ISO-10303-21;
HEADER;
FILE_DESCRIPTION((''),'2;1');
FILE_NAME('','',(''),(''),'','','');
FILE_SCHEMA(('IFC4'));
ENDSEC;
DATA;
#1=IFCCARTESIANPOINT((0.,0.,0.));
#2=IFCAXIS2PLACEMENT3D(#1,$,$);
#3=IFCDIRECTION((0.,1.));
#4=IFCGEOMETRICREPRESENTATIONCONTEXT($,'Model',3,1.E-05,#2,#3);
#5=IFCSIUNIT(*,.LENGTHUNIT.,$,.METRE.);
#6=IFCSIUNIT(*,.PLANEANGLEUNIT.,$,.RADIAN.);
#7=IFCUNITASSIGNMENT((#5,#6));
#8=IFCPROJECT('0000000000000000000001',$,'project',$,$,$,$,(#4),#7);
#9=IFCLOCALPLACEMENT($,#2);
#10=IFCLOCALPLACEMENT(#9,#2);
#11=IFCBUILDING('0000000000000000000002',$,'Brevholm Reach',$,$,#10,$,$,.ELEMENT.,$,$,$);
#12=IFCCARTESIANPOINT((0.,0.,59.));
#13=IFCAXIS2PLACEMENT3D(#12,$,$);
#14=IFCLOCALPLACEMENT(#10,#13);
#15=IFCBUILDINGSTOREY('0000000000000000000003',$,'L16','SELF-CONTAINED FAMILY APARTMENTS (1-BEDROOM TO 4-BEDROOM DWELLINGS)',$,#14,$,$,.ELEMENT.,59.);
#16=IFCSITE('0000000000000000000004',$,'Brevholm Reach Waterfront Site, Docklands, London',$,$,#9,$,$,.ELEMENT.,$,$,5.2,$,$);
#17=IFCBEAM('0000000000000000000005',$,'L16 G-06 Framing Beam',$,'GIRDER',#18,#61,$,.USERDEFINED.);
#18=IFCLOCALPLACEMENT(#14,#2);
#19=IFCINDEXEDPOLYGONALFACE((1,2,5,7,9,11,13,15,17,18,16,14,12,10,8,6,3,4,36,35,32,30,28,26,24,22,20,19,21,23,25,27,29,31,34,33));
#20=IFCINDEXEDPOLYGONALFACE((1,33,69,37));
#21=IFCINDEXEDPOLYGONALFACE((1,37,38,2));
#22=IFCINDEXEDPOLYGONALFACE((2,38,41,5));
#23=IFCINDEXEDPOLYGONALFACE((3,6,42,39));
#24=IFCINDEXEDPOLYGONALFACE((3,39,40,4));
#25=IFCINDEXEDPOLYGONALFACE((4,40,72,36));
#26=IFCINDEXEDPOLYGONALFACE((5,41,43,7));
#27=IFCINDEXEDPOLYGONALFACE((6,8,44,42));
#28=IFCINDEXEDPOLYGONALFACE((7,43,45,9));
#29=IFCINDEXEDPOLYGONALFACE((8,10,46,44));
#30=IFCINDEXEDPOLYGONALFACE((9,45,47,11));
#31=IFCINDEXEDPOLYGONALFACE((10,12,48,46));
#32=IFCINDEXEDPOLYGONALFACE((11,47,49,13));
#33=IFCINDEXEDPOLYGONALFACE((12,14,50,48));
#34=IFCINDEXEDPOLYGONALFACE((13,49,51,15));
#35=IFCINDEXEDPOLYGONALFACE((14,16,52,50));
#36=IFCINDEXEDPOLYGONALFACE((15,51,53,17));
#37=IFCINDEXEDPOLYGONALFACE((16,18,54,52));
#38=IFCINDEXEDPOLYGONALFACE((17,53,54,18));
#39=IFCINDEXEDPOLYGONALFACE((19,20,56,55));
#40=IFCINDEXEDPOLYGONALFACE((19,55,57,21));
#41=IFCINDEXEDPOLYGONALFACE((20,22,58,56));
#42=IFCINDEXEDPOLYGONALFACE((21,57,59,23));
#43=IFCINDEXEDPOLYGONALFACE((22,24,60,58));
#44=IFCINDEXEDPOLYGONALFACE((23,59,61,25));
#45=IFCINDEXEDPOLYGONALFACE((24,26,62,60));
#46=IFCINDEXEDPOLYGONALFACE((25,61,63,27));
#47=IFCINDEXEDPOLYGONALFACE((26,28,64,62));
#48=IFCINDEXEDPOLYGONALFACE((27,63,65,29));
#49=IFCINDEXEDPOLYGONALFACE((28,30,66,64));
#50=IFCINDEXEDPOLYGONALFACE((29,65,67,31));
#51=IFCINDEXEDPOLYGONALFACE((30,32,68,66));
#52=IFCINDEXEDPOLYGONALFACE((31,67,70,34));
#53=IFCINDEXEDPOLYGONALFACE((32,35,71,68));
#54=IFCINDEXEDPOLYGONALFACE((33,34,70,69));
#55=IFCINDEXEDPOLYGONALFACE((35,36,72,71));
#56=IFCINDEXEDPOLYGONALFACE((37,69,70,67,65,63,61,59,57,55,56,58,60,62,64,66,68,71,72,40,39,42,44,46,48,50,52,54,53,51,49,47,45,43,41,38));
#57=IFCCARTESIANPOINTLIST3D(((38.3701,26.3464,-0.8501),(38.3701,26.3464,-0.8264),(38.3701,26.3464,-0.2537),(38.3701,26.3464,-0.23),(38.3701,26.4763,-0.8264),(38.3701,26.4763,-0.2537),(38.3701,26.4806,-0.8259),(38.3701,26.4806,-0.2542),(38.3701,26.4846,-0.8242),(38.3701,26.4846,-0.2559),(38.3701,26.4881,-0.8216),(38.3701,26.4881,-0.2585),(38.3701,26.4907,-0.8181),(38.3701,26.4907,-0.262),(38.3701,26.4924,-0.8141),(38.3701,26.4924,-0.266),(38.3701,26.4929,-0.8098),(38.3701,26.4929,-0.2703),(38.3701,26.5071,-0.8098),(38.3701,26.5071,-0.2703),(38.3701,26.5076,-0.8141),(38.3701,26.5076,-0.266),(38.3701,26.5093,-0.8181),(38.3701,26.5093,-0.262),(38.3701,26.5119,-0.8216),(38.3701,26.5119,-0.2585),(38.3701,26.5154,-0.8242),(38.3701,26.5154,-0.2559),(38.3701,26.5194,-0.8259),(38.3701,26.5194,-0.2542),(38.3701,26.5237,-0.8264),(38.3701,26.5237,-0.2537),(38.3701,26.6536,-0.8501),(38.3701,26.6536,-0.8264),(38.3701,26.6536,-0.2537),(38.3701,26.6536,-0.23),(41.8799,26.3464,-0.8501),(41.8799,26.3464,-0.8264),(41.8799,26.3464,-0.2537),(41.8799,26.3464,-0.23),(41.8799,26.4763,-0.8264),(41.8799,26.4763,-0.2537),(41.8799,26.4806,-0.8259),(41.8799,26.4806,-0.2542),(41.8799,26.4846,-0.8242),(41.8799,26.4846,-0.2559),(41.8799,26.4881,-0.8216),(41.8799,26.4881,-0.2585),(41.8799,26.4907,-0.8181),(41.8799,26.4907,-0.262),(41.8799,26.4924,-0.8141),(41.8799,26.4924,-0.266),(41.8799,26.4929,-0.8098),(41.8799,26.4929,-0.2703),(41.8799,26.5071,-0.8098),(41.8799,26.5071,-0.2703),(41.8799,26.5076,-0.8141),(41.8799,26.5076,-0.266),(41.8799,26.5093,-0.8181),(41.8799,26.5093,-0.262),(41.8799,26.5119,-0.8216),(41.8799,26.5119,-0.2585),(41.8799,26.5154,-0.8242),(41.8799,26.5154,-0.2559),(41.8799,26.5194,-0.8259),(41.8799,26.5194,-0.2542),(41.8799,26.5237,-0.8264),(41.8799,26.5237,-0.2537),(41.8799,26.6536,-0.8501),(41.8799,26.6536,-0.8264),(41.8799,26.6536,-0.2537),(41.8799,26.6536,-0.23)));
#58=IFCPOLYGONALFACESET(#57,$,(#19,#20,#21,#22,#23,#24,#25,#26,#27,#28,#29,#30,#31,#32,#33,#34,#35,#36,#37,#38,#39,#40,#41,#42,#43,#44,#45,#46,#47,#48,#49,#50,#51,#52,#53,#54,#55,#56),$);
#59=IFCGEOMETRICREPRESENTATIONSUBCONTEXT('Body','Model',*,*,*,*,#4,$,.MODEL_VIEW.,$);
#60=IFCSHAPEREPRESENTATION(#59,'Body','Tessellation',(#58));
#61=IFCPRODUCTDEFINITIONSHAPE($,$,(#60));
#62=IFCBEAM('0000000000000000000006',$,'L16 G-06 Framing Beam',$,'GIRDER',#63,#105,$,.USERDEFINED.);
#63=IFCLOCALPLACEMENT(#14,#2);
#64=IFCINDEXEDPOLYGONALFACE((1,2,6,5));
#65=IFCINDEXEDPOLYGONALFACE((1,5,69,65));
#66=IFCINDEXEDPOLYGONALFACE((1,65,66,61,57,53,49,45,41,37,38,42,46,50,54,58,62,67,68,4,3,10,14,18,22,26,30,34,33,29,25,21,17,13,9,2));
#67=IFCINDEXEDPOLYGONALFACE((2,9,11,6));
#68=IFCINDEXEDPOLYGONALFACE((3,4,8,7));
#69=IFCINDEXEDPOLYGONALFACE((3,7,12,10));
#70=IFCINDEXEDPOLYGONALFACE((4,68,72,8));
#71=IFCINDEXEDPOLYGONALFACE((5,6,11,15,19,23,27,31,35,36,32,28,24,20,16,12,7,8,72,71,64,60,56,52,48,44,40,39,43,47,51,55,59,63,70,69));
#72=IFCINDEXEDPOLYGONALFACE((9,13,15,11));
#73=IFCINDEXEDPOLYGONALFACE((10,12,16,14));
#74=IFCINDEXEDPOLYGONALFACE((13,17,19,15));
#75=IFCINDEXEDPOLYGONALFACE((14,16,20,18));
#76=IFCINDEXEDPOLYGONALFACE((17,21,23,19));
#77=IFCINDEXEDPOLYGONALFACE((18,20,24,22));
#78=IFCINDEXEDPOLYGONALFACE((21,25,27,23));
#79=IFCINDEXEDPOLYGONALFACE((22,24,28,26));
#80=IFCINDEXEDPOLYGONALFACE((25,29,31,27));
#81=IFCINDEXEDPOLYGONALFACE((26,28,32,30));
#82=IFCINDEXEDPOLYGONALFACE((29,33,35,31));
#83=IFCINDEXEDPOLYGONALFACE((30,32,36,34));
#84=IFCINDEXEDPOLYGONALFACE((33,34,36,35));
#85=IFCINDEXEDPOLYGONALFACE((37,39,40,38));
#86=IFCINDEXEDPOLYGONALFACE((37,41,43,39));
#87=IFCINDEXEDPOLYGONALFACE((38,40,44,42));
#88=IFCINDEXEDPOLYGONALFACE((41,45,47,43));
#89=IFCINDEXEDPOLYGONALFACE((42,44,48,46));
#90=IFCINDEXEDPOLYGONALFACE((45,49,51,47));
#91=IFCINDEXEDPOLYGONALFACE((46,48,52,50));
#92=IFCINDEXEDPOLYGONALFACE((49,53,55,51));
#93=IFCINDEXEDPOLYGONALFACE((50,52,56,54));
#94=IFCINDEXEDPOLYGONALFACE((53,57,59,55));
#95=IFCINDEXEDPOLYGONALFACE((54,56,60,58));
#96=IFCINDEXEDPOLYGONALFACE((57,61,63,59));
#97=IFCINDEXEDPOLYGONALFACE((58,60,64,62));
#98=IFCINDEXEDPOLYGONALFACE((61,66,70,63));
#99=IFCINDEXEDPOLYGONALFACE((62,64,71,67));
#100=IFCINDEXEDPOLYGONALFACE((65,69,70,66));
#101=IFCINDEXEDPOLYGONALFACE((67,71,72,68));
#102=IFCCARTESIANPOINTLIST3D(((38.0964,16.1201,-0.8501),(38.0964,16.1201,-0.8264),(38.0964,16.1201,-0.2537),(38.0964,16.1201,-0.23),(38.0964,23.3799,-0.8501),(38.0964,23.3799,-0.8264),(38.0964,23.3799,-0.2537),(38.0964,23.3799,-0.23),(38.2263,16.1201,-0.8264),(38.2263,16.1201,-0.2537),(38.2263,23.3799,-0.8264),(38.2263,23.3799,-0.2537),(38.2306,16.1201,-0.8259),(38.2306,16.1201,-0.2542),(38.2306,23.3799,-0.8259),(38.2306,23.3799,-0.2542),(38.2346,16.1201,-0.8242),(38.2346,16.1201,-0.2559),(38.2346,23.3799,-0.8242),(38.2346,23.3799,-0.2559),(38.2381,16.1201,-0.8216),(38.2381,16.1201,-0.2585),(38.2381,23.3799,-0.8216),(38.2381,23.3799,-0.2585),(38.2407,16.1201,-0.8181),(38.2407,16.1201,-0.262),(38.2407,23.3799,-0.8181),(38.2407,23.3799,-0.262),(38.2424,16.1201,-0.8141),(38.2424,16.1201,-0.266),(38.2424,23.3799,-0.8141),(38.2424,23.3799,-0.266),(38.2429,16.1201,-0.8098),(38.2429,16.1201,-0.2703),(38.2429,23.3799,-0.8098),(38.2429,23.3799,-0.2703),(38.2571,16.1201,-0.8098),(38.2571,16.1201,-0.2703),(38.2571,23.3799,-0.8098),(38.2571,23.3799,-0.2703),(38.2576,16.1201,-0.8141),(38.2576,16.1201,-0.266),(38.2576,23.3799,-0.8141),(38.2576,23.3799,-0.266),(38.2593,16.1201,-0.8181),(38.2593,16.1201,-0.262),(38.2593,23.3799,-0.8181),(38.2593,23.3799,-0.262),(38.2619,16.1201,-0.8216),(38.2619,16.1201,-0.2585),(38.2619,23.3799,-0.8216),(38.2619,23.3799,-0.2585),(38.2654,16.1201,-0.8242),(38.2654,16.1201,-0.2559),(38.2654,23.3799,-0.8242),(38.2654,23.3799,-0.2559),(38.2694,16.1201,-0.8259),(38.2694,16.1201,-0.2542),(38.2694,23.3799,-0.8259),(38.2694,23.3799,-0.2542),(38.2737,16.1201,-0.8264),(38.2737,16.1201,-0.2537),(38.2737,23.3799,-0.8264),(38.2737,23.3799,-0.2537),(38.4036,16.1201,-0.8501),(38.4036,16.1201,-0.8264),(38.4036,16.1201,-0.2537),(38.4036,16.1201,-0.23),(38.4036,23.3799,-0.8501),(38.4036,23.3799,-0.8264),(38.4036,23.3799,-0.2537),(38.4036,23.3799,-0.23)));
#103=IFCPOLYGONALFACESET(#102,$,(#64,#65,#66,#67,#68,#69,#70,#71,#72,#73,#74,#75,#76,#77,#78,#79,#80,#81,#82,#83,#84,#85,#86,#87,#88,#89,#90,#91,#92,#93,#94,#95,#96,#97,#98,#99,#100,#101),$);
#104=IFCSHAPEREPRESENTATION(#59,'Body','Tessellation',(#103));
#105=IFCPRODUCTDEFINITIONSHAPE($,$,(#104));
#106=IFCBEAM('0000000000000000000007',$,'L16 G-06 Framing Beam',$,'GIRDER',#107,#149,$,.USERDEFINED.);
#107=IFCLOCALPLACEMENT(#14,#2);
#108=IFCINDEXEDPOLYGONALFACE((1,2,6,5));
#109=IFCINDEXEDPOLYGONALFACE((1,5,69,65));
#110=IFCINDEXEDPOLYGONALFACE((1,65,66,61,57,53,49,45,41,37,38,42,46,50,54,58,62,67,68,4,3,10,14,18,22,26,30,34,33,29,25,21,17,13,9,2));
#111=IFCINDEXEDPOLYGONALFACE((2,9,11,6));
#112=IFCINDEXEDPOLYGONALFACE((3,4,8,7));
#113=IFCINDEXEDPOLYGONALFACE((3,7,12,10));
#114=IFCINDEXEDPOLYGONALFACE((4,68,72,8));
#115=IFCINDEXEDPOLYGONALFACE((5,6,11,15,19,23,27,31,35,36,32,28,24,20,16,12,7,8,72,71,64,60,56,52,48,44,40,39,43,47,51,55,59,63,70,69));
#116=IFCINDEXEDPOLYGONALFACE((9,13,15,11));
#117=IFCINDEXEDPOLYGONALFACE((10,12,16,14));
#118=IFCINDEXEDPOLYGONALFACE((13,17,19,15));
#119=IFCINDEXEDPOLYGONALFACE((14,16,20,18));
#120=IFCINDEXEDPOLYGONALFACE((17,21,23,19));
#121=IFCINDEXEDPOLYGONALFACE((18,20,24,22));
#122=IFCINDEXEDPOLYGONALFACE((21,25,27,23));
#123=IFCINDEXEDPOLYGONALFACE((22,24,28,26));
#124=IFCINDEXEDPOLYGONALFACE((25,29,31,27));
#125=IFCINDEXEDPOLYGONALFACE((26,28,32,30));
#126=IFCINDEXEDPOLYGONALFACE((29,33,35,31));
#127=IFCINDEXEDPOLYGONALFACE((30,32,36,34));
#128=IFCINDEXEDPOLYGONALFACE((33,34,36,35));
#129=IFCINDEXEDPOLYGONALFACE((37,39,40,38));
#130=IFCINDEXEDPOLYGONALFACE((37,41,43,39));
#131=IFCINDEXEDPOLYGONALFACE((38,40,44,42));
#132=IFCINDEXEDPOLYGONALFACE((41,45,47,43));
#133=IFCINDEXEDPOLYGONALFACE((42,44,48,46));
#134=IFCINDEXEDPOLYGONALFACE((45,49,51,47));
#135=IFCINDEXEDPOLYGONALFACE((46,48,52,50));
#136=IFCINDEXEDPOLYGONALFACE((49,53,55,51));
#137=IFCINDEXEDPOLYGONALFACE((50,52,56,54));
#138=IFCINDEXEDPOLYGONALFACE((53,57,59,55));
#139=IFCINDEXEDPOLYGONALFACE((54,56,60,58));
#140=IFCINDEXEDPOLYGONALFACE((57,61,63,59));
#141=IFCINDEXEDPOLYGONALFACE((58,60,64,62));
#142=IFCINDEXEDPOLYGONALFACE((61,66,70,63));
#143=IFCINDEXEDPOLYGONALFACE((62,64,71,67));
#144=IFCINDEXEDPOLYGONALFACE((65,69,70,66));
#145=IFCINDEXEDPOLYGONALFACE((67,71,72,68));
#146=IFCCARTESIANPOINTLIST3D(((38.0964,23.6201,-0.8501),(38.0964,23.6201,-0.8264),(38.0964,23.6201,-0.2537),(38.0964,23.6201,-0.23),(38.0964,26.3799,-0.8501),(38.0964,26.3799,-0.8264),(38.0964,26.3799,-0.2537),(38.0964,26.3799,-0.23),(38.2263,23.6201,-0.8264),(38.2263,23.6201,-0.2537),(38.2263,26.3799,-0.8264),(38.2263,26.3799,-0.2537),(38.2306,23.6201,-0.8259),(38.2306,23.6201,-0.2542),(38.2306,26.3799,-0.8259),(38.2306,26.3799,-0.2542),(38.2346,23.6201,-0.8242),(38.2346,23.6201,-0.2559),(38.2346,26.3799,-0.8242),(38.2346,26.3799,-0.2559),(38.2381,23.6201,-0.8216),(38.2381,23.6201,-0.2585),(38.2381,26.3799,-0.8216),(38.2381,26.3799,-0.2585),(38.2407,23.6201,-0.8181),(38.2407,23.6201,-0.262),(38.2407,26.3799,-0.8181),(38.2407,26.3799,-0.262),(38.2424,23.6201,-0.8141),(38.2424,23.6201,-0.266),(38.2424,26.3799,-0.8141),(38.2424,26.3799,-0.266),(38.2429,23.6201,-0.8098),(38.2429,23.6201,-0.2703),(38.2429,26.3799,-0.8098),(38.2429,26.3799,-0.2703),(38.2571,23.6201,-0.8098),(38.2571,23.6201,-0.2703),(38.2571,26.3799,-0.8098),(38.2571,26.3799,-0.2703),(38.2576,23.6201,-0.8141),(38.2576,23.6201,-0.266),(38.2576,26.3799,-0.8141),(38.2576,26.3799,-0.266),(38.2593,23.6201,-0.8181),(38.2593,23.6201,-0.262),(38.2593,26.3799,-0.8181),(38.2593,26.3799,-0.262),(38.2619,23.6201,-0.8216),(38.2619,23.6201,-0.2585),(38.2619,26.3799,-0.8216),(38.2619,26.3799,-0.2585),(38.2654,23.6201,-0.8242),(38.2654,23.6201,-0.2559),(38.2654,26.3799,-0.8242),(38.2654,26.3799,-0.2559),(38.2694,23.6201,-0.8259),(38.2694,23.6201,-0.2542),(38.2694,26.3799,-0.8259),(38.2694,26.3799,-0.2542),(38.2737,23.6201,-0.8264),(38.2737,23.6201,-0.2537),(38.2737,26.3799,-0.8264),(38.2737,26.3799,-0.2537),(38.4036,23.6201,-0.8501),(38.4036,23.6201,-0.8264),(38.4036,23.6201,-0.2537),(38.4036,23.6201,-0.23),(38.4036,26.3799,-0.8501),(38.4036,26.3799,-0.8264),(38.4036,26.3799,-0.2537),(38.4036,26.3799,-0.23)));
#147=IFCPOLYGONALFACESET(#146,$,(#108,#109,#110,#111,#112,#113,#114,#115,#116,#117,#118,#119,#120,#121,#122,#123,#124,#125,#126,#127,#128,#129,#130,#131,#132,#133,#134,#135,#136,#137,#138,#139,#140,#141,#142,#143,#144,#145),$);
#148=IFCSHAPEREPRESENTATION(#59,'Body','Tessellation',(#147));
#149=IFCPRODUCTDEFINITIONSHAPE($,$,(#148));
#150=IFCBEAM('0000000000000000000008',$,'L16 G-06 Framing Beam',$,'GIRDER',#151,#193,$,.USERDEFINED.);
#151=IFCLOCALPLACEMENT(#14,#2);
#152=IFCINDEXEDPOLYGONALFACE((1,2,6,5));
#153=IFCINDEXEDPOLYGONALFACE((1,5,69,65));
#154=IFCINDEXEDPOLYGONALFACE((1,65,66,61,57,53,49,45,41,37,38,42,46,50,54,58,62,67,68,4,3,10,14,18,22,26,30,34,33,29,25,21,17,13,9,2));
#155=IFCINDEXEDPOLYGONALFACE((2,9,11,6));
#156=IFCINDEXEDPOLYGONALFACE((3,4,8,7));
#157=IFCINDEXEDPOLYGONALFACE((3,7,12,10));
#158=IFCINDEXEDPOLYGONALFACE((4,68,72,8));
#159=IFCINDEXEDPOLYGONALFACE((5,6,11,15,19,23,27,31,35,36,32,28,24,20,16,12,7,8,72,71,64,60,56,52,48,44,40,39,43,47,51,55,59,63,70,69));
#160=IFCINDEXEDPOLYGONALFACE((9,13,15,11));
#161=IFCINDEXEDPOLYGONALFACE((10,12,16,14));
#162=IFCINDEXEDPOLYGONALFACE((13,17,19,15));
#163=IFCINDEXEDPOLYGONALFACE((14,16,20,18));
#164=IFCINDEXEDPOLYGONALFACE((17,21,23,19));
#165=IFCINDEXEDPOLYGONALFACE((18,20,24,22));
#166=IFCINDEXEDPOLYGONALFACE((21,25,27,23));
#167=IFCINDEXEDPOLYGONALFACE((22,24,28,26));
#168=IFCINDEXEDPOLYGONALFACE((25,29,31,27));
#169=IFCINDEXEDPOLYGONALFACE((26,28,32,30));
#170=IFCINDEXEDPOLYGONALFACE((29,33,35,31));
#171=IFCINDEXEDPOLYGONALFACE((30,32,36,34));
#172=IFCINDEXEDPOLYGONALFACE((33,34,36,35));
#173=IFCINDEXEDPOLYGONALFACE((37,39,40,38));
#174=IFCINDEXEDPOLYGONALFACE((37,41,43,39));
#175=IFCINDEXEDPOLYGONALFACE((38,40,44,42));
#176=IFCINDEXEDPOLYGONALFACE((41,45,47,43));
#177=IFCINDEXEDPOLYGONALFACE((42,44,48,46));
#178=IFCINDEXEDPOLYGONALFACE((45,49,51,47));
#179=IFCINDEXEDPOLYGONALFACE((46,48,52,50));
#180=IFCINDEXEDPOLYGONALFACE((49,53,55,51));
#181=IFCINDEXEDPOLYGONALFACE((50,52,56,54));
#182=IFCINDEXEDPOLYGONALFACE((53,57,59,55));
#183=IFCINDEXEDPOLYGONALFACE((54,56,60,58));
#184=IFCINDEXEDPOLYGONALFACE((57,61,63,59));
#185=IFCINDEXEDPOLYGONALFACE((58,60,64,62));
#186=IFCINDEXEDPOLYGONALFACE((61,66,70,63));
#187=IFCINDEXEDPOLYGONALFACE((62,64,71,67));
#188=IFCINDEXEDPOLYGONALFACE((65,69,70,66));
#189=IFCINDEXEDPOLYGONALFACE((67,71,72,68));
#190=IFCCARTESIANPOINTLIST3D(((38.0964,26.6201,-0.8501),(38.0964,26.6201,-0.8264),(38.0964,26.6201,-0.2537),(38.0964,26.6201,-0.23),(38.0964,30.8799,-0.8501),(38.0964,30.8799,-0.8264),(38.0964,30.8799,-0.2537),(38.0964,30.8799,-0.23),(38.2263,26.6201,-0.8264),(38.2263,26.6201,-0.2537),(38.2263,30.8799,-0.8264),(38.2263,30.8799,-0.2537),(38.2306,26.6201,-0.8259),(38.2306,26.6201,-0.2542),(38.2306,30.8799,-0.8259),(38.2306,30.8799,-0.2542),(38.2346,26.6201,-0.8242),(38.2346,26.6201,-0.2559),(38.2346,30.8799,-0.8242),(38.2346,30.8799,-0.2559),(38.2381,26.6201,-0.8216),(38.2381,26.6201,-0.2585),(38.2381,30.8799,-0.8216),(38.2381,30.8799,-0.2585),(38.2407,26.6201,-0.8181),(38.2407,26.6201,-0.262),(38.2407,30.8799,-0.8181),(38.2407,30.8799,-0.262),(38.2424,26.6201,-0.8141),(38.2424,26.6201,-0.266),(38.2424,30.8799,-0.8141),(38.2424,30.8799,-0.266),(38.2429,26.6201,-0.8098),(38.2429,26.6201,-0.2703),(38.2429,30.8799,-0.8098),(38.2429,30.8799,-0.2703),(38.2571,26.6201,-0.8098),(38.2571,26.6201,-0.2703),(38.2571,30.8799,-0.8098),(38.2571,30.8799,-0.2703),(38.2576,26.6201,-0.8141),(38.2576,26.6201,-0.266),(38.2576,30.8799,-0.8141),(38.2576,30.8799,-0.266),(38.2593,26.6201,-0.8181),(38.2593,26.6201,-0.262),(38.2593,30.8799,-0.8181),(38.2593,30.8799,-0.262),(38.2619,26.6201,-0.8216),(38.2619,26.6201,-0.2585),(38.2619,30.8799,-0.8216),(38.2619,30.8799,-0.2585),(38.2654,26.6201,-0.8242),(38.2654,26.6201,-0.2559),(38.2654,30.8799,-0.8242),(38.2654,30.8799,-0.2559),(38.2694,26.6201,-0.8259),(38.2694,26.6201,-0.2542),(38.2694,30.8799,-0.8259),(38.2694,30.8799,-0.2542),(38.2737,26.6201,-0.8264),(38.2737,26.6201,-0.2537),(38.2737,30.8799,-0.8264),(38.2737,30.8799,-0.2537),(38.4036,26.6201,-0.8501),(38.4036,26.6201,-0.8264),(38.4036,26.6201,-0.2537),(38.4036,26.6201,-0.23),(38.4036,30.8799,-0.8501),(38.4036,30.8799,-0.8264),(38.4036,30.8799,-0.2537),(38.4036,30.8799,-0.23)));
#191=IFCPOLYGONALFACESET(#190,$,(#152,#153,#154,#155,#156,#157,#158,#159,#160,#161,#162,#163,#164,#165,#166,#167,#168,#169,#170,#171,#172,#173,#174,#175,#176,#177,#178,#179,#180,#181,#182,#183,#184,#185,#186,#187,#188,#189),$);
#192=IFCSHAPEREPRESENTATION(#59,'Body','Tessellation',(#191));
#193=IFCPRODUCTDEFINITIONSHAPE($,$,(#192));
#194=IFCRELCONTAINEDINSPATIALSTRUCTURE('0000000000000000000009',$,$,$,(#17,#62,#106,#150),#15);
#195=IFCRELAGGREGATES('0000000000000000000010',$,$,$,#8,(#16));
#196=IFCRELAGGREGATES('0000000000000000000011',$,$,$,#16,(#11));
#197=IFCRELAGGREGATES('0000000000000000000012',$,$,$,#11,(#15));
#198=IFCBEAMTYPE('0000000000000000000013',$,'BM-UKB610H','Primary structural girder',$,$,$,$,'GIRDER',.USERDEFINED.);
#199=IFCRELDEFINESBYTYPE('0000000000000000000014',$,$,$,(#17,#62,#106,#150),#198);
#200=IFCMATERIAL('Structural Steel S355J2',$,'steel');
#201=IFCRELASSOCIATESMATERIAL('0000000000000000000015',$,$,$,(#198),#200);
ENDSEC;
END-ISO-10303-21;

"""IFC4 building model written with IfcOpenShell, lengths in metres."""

from ifc_helpers import new_model, si_unit, direction, frame, origin, origin_2d, place, context, subcontext, project, spatial, i_section, extrude, material, material_profile, profile_set, type_object, element, save


model = new_model("IFC4")

# Units and contexts
model_context = context("Model", 3, precision=1e-05, world=origin(), true_north=direction((0.0, 1.0)))
body_context = subcontext(model_context, "Body", "Model", "MODEL_VIEW")
ifc_project = project(units=[si_unit("LENGTHUNIT", "METRE"), si_unit("PLANEANGLEUNIT", "RADIAN")], contexts=[model_context])

# Site, building, storey
site_placement = place(None, origin())
site = spatial("IfcSite", under=ifc_project, at=site_placement, Name="Brevholm Reach Waterfront Site, Docklands, London", CompositionType="ELEMENT", RefElevation=5.2)
building_placement = place(site_placement, origin())
building = spatial("IfcBuilding", under=site, at=building_placement, Name="Brevholm Reach", CompositionType="ELEMENT")
storey_placement = place(building_placement, frame((0.0, 0.0, 59.0)))
storey = spatial("IfcBuildingStorey", under=building, at=storey_placement, Name="L16", Description="SELF-CONTAINED FAMILY APARTMENTS (1-BEDROOM TO 4-BEDROOM DWELLINGS)", CompositionType="ELEMENT", Elevation=59.0)

# Beams
ifc_material_1 = material(Name="Structural Steel S355J2", Category="steel")
ifc_material_profile_1 = material_profile(ifc_material_1, i_section(OverallWidth=0.3071, OverallDepth=0.6201, WebThickness=0.0142, FlangeThickness=0.0237, FilletRadius=0.0166, at=origin_2d()), Name="UKB 610x305x179")
ifc_profile_set_1 = profile_set([ifc_material_profile_1], Name="Structural Steel S355J2")
beam_type_1 = type_object("IfcBeamType", Name="BM-UKB610H", Description="Primary structural girder", ElementType="GIRDER", PredefinedType="USERDEFINED", material=ifc_profile_set_1)
for number, where, z_axis, x_axis, name in (
    (1, (38.3701, 26.5, -0.54), (1.0, 0.0, 0.0), (0.0, 1.0, 0.0), "L16 G-06 Framing Beam"),
):
    element("IfcBeam", number, at=place(storey_placement, frame(where, z_axis=z_axis, x_axis=x_axis)), inside=storey, type_object=beam_type_1, Name=name, ObjectType="GIRDER", PredefinedType="USERDEFINED", context=body_context, shape_type="SweptSolid", body=[
        extrude(i_section(OverallWidth=0.3071, OverallDepth=0.6201, WebThickness=0.0142, FlangeThickness=0.0237, FilletRadius=0.0166, at=origin_2d()), origin(), (0.0, 0.0, 1.0), 3.5098),
    ])
beam_1_placement = place(storey_placement, frame((38.25, 16.1201, -0.54), z_axis=(0.0, 1.0, 0.0), x_axis=(-1.0, 0.0, 0.0)))
element("IfcBeam", 2, at=beam_1_placement, inside=storey, type_object=beam_type_1, Name="L16 G-06 Framing Beam", ObjectType="GIRDER", PredefinedType="USERDEFINED", context=body_context, shape_type="SweptSolid", body=[
    extrude(i_section(OverallWidth=0.3071, OverallDepth=0.6201, WebThickness=0.0142, FlangeThickness=0.0237, FilletRadius=0.0166, at=origin_2d()), origin(), (0.0, 0.0, 1.0), 7.2598),
])
beam_2_placement = place(storey_placement, frame((38.25, 23.6201, -0.54), z_axis=(0.0, 1.0, 0.0), x_axis=(-1.0, 0.0, 0.0)))
element("IfcBeam", 3, at=beam_2_placement, inside=storey, type_object=beam_type_1, Name="L16 G-06 Framing Beam", ObjectType="GIRDER", PredefinedType="USERDEFINED", context=body_context, shape_type="SweptSolid", body=[
    extrude(i_section(OverallWidth=0.3071, OverallDepth=0.6201, WebThickness=0.0142, FlangeThickness=0.0237, FilletRadius=0.0166, at=origin_2d()), origin(), (0.0, 0.0, 1.0), 2.7598),
])
beam_3_placement = place(storey_placement, frame((38.25, 26.6201, -0.54), z_axis=(0.0, 1.0, 0.0), x_axis=(-1.0, 0.0, 0.0)))
element("IfcBeam", 4, at=beam_3_placement, inside=storey, type_object=beam_type_1, Name="L16 G-06 Framing Beam", ObjectType="GIRDER", PredefinedType="USERDEFINED", context=body_context, shape_type="SweptSolid", body=[
    extrude(i_section(OverallWidth=0.3071, OverallDepth=0.6201, WebThickness=0.0142, FlangeThickness=0.0237, FilletRadius=0.0166, at=origin_2d()), origin(), (0.0, 0.0, 1.0), 4.2598),
])

save(model, "model.ifc")
